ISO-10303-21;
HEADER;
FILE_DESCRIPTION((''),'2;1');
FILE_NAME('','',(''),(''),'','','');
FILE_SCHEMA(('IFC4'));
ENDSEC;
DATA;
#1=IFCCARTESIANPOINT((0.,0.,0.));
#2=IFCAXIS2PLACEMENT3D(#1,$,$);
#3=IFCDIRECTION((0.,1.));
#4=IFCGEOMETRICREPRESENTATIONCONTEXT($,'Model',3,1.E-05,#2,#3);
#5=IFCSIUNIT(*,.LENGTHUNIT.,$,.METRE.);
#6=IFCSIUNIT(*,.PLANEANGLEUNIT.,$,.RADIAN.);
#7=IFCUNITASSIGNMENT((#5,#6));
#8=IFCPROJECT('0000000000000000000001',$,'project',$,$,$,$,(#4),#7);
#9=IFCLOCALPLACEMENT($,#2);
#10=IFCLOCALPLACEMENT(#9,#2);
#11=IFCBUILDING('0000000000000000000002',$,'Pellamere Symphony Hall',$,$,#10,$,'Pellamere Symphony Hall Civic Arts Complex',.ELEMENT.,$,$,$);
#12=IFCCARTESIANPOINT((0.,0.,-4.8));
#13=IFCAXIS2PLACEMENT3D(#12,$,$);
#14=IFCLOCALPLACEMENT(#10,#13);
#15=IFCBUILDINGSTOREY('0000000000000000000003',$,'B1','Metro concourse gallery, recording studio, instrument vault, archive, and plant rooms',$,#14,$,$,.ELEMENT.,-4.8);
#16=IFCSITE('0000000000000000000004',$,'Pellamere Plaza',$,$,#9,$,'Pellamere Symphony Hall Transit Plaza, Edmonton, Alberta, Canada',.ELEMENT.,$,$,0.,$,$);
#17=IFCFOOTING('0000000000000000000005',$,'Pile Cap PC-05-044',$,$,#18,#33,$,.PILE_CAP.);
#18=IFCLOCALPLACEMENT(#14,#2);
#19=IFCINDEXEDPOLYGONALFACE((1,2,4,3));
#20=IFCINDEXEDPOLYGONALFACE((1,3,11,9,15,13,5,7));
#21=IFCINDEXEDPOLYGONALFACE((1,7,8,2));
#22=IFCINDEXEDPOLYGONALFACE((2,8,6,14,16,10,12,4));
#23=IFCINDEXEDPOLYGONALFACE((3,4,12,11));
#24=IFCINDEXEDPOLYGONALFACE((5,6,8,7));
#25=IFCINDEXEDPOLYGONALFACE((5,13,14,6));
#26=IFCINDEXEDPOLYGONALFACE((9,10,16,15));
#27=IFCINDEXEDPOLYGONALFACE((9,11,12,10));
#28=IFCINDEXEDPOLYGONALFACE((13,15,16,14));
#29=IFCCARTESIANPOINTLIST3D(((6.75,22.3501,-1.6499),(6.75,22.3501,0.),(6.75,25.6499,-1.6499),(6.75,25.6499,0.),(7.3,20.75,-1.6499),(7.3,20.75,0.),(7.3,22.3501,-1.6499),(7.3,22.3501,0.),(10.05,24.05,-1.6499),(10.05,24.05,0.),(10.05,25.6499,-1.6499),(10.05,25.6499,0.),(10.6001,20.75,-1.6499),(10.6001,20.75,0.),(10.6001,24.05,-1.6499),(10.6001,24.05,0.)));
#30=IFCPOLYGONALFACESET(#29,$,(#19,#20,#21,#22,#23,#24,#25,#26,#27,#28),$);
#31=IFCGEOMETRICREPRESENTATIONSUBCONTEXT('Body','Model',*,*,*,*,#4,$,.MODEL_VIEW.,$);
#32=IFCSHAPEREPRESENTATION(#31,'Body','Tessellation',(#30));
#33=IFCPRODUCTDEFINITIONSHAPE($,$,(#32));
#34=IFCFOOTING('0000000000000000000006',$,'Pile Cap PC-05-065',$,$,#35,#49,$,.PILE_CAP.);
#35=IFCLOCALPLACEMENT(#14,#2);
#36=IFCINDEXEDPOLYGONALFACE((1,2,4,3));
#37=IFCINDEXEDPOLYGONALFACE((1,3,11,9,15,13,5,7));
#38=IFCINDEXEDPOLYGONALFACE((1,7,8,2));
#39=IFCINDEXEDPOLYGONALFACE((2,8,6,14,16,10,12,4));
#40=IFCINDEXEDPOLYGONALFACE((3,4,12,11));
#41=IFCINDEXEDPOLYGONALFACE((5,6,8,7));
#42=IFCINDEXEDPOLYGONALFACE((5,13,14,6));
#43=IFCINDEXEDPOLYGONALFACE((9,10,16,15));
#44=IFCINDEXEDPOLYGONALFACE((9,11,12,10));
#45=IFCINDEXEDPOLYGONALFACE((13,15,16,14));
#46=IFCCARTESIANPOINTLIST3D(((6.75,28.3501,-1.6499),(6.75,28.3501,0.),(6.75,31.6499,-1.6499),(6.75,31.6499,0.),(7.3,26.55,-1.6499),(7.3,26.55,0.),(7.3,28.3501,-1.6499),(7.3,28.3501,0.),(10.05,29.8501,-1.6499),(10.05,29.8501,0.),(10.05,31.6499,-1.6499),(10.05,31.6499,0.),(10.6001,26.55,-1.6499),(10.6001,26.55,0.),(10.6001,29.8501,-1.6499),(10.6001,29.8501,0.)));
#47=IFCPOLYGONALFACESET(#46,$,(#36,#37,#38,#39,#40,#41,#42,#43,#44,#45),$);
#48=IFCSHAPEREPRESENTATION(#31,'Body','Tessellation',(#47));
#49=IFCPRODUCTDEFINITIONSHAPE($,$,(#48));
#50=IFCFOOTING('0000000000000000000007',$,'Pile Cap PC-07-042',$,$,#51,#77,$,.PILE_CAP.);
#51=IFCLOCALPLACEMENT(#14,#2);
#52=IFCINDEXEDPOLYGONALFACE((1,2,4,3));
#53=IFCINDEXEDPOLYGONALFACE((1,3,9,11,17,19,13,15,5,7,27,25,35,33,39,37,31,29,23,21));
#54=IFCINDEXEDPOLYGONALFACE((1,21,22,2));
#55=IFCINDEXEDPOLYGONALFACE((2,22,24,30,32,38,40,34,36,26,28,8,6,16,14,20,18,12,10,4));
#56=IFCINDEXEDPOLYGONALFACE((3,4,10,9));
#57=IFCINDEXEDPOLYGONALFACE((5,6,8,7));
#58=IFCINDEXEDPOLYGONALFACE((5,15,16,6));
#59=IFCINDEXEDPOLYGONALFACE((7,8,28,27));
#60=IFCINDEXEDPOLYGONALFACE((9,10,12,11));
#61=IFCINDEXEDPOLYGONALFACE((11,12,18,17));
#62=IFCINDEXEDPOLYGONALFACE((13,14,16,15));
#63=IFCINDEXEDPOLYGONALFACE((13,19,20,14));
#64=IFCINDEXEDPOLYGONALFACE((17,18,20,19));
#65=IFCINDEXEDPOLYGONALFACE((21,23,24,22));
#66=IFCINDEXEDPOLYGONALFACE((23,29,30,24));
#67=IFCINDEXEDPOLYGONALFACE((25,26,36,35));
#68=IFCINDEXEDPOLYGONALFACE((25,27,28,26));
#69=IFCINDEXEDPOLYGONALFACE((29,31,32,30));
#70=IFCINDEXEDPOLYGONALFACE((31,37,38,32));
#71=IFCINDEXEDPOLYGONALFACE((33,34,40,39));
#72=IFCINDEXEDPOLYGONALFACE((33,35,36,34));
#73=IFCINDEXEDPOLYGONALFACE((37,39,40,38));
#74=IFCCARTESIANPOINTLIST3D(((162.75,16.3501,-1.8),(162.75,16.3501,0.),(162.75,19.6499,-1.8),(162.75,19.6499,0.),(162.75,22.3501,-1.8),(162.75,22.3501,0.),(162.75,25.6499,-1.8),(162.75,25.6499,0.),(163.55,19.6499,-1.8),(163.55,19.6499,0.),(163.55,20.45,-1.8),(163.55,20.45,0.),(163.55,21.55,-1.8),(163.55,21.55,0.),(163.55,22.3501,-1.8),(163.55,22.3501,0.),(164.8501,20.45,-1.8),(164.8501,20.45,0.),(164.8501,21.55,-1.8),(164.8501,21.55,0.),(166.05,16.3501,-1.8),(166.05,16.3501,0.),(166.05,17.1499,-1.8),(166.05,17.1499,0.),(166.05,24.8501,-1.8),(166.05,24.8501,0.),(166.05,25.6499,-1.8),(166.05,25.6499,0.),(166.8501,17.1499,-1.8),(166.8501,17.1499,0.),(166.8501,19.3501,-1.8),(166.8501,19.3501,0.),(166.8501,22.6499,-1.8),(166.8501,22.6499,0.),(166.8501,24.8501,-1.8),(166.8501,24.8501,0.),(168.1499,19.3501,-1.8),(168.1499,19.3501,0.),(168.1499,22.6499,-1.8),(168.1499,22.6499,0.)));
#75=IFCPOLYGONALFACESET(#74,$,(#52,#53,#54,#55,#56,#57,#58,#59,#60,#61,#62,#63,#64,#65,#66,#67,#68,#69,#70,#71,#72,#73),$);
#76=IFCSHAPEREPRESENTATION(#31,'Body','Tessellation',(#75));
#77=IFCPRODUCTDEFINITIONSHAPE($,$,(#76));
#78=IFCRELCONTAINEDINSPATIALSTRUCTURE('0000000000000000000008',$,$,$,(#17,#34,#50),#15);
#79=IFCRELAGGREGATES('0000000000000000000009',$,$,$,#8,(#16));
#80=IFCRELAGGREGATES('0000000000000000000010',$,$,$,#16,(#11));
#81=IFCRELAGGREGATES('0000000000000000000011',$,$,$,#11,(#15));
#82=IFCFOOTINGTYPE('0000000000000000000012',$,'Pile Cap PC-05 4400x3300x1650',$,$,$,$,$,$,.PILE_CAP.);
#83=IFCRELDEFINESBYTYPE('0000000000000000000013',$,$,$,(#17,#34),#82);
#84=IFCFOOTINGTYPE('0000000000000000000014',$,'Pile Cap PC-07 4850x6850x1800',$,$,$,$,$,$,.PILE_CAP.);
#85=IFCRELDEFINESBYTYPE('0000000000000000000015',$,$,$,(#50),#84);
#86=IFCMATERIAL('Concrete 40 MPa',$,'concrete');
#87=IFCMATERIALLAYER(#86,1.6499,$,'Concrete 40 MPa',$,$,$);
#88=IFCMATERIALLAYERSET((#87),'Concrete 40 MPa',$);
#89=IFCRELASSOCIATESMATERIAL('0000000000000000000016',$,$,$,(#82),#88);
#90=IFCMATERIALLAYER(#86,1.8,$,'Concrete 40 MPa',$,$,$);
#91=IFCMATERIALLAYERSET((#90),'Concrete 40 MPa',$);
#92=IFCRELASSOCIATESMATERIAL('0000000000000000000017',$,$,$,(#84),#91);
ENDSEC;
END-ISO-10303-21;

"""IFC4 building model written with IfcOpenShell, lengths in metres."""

from ifc_helpers import new_model, si_unit, direction, frame, origin, place, context, subcontext, project, spatial, polyline, outline, extrude, material, layer, layer_set, type_object, element, save


model = new_model("IFC4")

# Units and contexts
model_context = context("Model", 3, precision=1e-05, world=origin(), true_north=direction((0.0, 1.0)))
body_context = subcontext(model_context, "Body", "Model", "MODEL_VIEW")
ifc_project = project(units=[si_unit("LENGTHUNIT", "METRE"), si_unit("PLANEANGLEUNIT", "RADIAN")], contexts=[model_context])

# Site, building, storey
site_placement = place(None, origin())
site = spatial("IfcSite", under=ifc_project, at=site_placement, Name="Pellamere Plaza", LongName="Pellamere Symphony Hall Transit Plaza, Edmonton, Alberta, Canada", CompositionType="ELEMENT", RefElevation=0.0)
building_placement = place(site_placement, origin())
building = spatial("IfcBuilding", under=site, at=building_placement, Name="Pellamere Symphony Hall", LongName="Pellamere Symphony Hall Civic Arts Complex", CompositionType="ELEMENT")
storey_placement = place(building_placement, frame((0.0, 0.0, -4.8)))
storey = spatial("IfcBuildingStorey", under=building, at=storey_placement, Name="B1", Description="Metro concourse gallery, recording studio, instrument vault, archive, and plant rooms", CompositionType="ELEMENT", Elevation=-4.8)

# Footings
ifc_material = material(Name="Concrete 40 MPa", Category="concrete")
ifc_layer_1 = layer(ifc_material, 1.6499, Name="Concrete 40 MPa")
ifc_layer_set_1 = layer_set([ifc_layer_1], Name="Concrete 40 MPa")
footing_type_1 = type_object("IfcFootingType", Name="Pile Cap PC-05 4400x3300x1650", PredefinedType="PILE_CAP", material=ifc_layer_set_1)
footing_1_placement = place(storey_placement, frame((0.0, 0.0, -1.6499)))
element("IfcFooting", 1, at=footing_1_placement, inside=storey, type_object=footing_type_1, Name="Pile Cap PC-05-044", PredefinedType="PILE_CAP", context=body_context, shape_type="SweptSolid", body=[
    extrude(outline(polyline([(10.05, 25.6499), (10.05, 24.05), (10.6001, 24.05), (10.6001, 20.75), (7.3, 20.75), (7.3, 22.3501), (6.75, 22.3501), (6.75, 25.6499), (10.05, 25.6499)])), origin(), (0.0, 0.0, 1.0), 1.6499),
])
footing_2_placement = place(storey_placement, frame((0.0, 0.0, -1.6499)))
element("IfcFooting", 2, at=footing_2_placement, inside=storey, type_object=footing_type_1, Name="Pile Cap PC-05-065", PredefinedType="PILE_CAP", context=body_context, shape_type="SweptSolid", body=[
    extrude(outline(polyline([(10.05, 31.6499), (10.05, 29.8501), (10.6001, 29.8501), (10.6001, 26.55), (7.3, 26.55), (7.3, 28.3501), (6.75, 28.3501), (6.75, 31.6499), (10.05, 31.6499)])), origin(), (0.0, 0.0, 1.0), 1.6499),
])
ifc_layer_2 = layer(ifc_material, 1.8, Name="Concrete 40 MPa")
ifc_layer_set_2 = layer_set([ifc_layer_2], Name="Concrete 40 MPa")
footing_type_2 = type_object("IfcFootingType", Name="Pile Cap PC-07 4850x6850x1800", PredefinedType="PILE_CAP", material=ifc_layer_set_2)
footing_3_placement = place(storey_placement, frame((0.0, 0.0, -1.8)))
element("IfcFooting", 3, at=footing_3_placement, inside=storey, type_object=footing_type_2, Name="Pile Cap PC-07-042", PredefinedType="PILE_CAP", context=body_context, shape_type="SweptSolid", body=[
    extrude(outline(polyline([(166.05, 16.3501), (162.75, 16.3501), (162.75, 19.6499), (163.55, 19.6499), (163.55, 20.45), (164.8501, 20.45), (164.8501, 21.55), (163.55, 21.55), (163.55, 22.3501), (162.75, 22.3501), (162.75, 25.6499), (166.05, 25.6499), (166.05, 24.8501), (166.8501, 24.8501), (166.8501, 22.6499), (168.1499, 22.6499), (168.1499, 19.3501), (166.8501, 19.3501), (166.8501, 17.1499), (166.05, 17.1499), (166.05, 16.3501)])), origin(), (0.0, 0.0, 1.0), 1.8),
])

save(model, "model.ifc")
